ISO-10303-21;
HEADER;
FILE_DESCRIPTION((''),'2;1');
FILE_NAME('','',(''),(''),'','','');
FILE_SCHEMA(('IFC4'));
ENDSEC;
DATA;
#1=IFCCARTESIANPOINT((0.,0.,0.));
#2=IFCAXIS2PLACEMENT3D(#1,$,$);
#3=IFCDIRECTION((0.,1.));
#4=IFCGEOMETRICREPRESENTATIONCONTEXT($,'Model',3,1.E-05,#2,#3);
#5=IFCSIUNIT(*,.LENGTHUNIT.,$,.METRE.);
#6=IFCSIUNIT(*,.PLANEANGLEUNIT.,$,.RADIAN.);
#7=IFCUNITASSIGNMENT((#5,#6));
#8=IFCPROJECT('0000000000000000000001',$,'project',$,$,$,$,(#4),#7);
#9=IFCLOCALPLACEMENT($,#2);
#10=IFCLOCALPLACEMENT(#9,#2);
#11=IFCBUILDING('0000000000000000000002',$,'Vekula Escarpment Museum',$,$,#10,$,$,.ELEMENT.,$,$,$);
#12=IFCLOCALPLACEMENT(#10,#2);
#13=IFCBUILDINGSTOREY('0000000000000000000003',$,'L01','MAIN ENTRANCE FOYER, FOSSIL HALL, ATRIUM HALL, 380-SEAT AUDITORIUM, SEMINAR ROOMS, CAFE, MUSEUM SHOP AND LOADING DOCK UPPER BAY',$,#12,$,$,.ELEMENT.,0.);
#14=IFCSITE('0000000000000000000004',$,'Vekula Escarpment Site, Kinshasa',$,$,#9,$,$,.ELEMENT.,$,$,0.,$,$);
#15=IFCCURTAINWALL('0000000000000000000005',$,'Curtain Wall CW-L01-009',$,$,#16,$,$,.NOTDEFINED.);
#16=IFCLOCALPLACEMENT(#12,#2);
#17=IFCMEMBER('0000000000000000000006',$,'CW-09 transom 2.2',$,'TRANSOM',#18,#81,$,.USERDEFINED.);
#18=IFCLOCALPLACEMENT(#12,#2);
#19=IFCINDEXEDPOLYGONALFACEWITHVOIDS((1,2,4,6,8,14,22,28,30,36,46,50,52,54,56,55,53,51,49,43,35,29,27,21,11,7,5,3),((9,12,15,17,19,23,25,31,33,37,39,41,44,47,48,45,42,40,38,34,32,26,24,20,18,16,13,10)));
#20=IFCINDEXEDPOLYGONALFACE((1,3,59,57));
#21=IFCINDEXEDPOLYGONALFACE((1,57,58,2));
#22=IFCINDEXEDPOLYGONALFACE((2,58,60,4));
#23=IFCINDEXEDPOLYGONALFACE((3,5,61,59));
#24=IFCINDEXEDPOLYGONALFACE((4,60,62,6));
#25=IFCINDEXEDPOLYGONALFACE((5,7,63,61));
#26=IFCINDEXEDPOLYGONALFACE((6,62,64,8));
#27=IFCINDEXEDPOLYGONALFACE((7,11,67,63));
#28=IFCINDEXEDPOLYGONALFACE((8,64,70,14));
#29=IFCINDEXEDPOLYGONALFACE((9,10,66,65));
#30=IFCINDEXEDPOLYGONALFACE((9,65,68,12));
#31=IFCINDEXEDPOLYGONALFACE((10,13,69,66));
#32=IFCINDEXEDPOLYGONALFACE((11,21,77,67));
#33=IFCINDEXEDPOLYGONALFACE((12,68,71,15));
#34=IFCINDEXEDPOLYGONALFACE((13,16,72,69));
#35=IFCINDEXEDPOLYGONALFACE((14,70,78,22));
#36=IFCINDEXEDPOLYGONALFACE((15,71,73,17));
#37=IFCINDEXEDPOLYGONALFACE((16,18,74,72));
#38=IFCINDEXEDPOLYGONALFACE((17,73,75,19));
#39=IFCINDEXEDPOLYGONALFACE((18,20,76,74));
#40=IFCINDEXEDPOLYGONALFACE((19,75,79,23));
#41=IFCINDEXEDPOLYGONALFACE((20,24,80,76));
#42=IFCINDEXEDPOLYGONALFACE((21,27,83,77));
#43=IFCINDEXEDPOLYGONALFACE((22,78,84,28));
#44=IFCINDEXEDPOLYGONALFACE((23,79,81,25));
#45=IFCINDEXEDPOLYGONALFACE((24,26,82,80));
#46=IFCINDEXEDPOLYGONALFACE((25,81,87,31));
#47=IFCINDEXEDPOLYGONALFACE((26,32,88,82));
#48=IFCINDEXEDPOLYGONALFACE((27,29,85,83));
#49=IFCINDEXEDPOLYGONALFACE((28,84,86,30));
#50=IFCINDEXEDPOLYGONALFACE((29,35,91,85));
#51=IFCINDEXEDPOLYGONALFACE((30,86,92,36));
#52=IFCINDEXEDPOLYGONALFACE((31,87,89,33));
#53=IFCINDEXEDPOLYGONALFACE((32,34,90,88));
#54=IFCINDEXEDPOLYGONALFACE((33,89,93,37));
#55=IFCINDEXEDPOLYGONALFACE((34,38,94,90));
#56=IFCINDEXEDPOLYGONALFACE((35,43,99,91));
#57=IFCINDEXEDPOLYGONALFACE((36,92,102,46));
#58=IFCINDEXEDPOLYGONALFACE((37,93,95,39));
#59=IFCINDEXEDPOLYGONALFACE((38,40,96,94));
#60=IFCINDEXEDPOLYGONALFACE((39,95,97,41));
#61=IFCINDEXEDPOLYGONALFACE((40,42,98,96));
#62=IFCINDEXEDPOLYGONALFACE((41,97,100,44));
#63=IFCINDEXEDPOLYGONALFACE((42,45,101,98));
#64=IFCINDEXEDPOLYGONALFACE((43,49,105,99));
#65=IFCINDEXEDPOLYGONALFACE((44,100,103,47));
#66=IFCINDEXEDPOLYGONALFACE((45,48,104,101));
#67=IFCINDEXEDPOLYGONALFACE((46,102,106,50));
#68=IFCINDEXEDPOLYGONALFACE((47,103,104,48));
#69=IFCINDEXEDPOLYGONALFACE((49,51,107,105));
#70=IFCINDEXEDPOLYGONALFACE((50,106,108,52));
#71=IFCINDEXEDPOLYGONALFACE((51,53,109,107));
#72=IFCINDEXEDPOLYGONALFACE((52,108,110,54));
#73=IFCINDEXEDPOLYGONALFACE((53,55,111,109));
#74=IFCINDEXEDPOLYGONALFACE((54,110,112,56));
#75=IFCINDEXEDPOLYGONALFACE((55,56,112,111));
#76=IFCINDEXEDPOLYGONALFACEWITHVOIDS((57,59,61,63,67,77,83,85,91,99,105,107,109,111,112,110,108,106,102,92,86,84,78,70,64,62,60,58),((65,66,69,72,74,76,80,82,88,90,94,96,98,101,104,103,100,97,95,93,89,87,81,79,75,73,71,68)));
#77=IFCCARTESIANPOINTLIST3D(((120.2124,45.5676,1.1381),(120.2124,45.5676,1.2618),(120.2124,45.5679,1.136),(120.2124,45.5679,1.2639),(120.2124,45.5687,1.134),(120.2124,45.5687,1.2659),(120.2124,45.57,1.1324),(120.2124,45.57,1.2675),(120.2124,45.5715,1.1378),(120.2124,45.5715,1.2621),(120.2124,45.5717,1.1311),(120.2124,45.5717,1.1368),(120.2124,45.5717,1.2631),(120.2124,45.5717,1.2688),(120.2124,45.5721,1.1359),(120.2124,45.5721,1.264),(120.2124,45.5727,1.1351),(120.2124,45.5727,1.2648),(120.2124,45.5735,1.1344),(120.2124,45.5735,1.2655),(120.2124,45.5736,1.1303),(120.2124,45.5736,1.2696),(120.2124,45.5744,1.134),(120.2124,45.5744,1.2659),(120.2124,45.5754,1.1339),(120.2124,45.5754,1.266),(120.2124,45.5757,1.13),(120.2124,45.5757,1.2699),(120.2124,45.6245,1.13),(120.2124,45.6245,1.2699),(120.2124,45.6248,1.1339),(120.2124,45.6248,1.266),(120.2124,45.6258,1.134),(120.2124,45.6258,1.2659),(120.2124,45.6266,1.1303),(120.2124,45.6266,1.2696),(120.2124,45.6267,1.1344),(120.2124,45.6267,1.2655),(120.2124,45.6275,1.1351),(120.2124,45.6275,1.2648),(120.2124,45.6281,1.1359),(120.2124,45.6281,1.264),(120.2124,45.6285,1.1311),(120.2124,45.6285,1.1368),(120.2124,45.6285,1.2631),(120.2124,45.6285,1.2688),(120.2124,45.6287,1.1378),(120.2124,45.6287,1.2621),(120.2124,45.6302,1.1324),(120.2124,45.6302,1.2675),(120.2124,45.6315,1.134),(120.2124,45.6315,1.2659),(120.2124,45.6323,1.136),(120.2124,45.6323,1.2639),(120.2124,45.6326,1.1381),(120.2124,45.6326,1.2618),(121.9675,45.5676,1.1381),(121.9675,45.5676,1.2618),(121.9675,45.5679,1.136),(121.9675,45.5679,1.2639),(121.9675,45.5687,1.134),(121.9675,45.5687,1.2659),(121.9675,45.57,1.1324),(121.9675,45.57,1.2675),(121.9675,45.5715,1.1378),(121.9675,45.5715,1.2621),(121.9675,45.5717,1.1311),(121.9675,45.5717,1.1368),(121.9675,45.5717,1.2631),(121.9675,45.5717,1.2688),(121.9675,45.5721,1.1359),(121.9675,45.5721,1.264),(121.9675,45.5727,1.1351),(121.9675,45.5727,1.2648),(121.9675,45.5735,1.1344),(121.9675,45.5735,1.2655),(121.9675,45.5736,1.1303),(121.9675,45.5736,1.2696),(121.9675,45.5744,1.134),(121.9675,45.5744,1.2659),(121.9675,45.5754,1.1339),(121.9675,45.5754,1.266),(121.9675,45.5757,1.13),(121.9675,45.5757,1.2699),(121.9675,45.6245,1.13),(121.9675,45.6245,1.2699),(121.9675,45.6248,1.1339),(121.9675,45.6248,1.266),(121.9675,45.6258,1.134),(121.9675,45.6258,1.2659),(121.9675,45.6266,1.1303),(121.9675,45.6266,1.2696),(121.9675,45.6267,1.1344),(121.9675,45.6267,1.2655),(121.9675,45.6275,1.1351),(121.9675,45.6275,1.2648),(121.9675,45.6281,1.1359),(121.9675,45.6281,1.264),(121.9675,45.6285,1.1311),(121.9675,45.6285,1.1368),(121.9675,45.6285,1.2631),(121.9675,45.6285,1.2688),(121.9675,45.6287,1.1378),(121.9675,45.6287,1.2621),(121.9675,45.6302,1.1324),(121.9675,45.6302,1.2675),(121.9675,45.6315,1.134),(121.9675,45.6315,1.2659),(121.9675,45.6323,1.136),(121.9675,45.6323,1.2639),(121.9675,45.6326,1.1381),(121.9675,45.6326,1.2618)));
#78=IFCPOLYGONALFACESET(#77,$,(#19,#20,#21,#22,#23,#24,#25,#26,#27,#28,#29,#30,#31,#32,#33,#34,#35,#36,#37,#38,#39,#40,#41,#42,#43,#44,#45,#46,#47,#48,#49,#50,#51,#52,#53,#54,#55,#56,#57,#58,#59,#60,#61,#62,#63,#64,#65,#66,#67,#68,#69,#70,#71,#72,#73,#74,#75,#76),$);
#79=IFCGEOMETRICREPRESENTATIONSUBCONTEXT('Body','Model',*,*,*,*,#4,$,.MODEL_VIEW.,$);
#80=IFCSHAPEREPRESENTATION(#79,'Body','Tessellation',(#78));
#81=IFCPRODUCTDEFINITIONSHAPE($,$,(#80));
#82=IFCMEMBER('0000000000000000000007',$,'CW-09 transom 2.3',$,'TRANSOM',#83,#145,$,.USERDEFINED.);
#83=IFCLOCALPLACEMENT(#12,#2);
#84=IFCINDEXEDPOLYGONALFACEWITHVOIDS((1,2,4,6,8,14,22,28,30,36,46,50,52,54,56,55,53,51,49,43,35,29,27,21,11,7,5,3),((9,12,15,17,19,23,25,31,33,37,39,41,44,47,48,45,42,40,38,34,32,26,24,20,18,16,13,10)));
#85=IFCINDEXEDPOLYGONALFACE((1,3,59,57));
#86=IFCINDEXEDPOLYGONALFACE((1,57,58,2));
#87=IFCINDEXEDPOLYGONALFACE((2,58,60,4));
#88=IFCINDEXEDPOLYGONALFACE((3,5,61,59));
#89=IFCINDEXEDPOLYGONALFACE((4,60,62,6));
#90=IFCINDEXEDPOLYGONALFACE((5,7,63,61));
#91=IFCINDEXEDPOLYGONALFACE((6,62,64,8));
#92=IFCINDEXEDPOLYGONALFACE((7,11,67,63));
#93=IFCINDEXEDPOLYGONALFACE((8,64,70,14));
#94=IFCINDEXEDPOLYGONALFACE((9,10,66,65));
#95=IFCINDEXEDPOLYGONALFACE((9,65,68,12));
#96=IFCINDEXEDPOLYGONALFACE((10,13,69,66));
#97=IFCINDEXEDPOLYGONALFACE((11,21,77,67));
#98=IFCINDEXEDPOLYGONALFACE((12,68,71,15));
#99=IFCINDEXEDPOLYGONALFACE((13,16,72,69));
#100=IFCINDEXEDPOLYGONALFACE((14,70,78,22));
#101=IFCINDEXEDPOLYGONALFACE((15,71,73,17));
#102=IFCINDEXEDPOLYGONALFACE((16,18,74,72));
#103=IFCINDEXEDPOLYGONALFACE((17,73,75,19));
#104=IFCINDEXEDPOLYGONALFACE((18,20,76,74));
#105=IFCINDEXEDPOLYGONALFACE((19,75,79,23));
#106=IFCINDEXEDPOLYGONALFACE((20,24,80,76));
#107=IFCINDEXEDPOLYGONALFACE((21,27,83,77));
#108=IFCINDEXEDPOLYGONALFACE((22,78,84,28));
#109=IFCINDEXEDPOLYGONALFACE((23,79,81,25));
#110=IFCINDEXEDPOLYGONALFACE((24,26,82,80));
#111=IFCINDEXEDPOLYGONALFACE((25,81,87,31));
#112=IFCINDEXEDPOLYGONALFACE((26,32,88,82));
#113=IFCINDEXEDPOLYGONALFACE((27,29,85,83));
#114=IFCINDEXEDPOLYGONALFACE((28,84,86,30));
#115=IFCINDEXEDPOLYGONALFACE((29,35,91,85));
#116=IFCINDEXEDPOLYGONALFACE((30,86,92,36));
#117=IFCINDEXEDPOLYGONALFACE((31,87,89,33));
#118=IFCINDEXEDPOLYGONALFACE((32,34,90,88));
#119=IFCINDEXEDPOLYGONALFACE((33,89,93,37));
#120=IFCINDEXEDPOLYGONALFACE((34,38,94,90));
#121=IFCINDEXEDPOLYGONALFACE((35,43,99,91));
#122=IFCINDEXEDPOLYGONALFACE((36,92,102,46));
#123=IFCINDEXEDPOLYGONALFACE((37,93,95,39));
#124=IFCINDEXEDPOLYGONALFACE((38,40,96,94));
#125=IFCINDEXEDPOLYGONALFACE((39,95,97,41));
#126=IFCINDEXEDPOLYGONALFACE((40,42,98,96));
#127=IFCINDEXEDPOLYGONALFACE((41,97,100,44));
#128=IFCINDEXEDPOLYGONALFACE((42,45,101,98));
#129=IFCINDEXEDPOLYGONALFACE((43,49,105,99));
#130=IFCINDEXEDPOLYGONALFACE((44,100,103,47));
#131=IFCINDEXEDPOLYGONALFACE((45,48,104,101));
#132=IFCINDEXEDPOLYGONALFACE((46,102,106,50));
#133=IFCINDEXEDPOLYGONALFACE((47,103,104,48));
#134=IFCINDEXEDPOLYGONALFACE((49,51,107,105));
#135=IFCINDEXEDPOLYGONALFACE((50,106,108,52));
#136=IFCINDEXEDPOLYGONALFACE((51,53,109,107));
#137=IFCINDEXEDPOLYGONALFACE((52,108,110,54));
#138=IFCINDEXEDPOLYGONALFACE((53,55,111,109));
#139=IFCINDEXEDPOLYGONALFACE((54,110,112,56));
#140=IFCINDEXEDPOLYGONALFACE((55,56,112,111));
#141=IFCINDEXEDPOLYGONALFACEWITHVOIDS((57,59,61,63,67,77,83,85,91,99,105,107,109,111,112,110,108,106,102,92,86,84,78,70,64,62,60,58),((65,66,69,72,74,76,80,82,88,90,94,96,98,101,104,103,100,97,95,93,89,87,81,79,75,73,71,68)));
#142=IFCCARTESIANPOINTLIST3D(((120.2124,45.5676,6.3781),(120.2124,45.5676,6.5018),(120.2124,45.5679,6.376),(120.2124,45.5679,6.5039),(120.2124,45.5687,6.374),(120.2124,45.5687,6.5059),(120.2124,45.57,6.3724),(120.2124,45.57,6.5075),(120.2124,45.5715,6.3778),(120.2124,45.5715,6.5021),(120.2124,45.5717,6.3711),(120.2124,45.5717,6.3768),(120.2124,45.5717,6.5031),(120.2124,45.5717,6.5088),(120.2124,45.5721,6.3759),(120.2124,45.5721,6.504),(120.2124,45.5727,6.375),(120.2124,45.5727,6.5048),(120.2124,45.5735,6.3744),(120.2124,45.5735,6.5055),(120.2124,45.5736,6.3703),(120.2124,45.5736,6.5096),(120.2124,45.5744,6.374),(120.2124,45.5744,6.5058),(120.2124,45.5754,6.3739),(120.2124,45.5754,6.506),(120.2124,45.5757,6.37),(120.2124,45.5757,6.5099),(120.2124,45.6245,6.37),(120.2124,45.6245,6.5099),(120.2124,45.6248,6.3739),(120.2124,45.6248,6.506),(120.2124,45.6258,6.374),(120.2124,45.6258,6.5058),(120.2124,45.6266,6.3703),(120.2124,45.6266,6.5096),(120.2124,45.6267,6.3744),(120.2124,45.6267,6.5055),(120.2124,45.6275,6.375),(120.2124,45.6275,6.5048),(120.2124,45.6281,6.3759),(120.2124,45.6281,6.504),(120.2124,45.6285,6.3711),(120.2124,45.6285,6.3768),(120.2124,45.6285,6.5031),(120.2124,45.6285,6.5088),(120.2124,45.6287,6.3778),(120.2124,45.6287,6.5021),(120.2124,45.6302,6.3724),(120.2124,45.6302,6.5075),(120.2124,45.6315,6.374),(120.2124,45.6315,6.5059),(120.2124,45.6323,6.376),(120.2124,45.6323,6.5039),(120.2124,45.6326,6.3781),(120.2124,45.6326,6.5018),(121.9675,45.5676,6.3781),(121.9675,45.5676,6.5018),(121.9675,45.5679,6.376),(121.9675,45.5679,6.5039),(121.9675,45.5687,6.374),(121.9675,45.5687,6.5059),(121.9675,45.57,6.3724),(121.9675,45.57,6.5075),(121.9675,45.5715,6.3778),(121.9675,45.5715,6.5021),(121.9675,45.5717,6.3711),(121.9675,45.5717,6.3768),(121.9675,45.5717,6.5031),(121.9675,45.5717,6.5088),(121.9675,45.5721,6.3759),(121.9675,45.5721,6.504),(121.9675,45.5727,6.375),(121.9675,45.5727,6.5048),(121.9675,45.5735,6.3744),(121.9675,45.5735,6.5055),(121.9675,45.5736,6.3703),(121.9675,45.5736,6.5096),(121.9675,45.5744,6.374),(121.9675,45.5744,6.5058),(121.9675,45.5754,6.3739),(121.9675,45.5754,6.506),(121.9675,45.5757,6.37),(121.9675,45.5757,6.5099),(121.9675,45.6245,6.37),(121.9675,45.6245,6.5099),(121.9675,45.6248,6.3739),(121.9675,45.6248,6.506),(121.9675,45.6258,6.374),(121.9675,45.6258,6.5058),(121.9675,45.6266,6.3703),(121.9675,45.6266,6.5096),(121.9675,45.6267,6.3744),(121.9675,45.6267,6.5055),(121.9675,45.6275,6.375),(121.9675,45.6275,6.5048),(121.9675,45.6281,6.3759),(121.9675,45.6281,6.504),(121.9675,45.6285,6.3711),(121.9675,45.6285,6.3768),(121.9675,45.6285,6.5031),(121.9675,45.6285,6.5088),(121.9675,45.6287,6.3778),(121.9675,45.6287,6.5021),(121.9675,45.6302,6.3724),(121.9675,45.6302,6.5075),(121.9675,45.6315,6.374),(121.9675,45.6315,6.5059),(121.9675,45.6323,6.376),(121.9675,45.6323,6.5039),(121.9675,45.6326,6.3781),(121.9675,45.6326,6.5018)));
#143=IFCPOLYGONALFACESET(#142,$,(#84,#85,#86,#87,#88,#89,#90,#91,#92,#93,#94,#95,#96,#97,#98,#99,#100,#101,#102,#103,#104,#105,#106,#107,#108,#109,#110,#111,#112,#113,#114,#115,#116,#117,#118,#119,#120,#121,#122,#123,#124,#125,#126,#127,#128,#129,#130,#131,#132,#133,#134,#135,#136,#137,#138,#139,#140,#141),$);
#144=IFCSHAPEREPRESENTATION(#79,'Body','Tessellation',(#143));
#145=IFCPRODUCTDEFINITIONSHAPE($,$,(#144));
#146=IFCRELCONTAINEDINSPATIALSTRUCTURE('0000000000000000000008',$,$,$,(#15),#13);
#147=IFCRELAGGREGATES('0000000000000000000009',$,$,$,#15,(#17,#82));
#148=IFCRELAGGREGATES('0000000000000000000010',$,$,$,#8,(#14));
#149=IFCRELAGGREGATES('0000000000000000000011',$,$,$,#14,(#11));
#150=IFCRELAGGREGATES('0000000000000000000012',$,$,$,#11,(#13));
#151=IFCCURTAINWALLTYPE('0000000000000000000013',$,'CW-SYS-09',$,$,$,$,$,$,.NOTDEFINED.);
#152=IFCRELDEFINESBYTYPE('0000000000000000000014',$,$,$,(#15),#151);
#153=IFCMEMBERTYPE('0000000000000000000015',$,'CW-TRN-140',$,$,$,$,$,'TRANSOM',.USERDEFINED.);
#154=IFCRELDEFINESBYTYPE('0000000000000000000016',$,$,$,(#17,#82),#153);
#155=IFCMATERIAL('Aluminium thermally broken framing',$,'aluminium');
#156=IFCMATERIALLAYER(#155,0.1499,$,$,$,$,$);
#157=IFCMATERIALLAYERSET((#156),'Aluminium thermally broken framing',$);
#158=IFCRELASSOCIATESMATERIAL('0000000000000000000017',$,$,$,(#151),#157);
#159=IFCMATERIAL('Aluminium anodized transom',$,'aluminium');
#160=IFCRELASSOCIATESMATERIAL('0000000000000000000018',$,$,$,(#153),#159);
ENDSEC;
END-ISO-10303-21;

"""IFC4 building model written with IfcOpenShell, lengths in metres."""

from ifc_helpers import new_model, si_unit, direction, frame, origin, origin_2d, place, context, subcontext, project, spatial, hollow_rectangle, extrude, material, layer, layer_set, material_profile, profile_set, type_object, element, aggregate, save


model = new_model("IFC4")

# Units and contexts
model_context = context("Model", 3, precision=1e-05, world=origin(), true_north=direction((0.0, 1.0)))
body_context = subcontext(model_context, "Body", "Model", "MODEL_VIEW")
ifc_project = project(units=[si_unit("LENGTHUNIT", "METRE"), si_unit("PLANEANGLEUNIT", "RADIAN")], contexts=[model_context])

# Site, building, storey
site_placement = place(None, origin())
site = spatial("IfcSite", under=ifc_project, at=site_placement, Name="Vekula Escarpment Site, Kinshasa", CompositionType="ELEMENT", RefElevation=0.0)
building_placement = place(site_placement, origin())
building = spatial("IfcBuilding", under=site, at=building_placement, Name="Vekula Escarpment Museum", CompositionType="ELEMENT")
storey_placement = place(building_placement, origin())
storey = spatial("IfcBuildingStorey", under=building, at=storey_placement, Name="L01", Description="MAIN ENTRANCE FOYER, FOSSIL HALL, ATRIUM HALL, 380-SEAT AUDITORIUM, SEMINAR ROOMS, CAFE, MUSEUM SHOP AND LOADING DOCK UPPER BAY", CompositionType="ELEMENT", Elevation=0.0)

# Curtain wall, members
ifc_material_1 = material(Name="Aluminium thermally broken framing", Category="aluminium")
ifc_layer_1 = layer(ifc_material_1, 0.1499)
ifc_layer_set_1 = layer_set([ifc_layer_1], Name="Aluminium thermally broken framing")
curtain_wall_type = type_object("IfcCurtainWallType", Name="CW-SYS-09", PredefinedType="NOTDEFINED", material=ifc_layer_set_1)
curtain_wall_placement = place(storey_placement, origin())
curtain_wall = element("IfcCurtainWall", 1, at=curtain_wall_placement, inside=storey, type_object=curtain_wall_type, Name="Curtain Wall CW-L01-009", PredefinedType="NOTDEFINED")
ifc_material_2 = material(Name="Aluminium anodized transom", Category="aluminium")
ifc_material_profile_1 = material_profile(ifc_material_2, hollow_rectangle(XDim=0.0649, YDim=0.1399, WallThickness=0.0039, InnerFilletRadius=0.0039, OuterFilletRadius=0.0081, at=origin_2d()), Name="ALU 140x65x4")
ifc_profile_set_1 = profile_set([ifc_material_profile_1], Name="Aluminium anodized transom")
member_type_1 = type_object("IfcMemberType", Name="CW-TRN-140", ElementType="TRANSOM", PredefinedType="USERDEFINED", material=ifc_profile_set_1)
member_1_placement = place(storey_placement, frame((120.2124, 45.6001, 1.2), z_axis=(1.0, 0.0, 0.0), x_axis=(0.0, 1.0, 0.0)))
member_1 = element("IfcMember", 2, at=member_1_placement, type_object=member_type_1, Name="CW-09 transom 2.2", ObjectType="TRANSOM", PredefinedType="USERDEFINED", context=body_context, shape_type="SweptSolid", body=[
    extrude(hollow_rectangle(XDim=0.0649, YDim=0.1399, WallThickness=0.0039, InnerFilletRadius=0.0039, OuterFilletRadius=0.0081, at=origin_2d()), origin(), (0.0, 0.0, 1.0), 1.7551),
])
member_2_placement = place(storey_placement, frame((120.2124, 45.6001, 6.4399), z_axis=(1.0, 0.0, 0.0), x_axis=(0.0, 1.0, 0.0)))
member_2 = element("IfcMember", 3, at=member_2_placement, type_object=member_type_1, Name="CW-09 transom 2.3", ObjectType="TRANSOM", PredefinedType="USERDEFINED", context=body_context, shape_type="SweptSolid", body=[
    extrude(hollow_rectangle(XDim=0.0649, YDim=0.1399, WallThickness=0.0039, InnerFilletRadius=0.0039, OuterFilletRadius=0.0081, at=origin_2d()), origin(), (0.0, 0.0, 1.0), 1.7551),
])

aggregate(curtain_wall, [member_1, member_2])

save(model, "model.ifc")
